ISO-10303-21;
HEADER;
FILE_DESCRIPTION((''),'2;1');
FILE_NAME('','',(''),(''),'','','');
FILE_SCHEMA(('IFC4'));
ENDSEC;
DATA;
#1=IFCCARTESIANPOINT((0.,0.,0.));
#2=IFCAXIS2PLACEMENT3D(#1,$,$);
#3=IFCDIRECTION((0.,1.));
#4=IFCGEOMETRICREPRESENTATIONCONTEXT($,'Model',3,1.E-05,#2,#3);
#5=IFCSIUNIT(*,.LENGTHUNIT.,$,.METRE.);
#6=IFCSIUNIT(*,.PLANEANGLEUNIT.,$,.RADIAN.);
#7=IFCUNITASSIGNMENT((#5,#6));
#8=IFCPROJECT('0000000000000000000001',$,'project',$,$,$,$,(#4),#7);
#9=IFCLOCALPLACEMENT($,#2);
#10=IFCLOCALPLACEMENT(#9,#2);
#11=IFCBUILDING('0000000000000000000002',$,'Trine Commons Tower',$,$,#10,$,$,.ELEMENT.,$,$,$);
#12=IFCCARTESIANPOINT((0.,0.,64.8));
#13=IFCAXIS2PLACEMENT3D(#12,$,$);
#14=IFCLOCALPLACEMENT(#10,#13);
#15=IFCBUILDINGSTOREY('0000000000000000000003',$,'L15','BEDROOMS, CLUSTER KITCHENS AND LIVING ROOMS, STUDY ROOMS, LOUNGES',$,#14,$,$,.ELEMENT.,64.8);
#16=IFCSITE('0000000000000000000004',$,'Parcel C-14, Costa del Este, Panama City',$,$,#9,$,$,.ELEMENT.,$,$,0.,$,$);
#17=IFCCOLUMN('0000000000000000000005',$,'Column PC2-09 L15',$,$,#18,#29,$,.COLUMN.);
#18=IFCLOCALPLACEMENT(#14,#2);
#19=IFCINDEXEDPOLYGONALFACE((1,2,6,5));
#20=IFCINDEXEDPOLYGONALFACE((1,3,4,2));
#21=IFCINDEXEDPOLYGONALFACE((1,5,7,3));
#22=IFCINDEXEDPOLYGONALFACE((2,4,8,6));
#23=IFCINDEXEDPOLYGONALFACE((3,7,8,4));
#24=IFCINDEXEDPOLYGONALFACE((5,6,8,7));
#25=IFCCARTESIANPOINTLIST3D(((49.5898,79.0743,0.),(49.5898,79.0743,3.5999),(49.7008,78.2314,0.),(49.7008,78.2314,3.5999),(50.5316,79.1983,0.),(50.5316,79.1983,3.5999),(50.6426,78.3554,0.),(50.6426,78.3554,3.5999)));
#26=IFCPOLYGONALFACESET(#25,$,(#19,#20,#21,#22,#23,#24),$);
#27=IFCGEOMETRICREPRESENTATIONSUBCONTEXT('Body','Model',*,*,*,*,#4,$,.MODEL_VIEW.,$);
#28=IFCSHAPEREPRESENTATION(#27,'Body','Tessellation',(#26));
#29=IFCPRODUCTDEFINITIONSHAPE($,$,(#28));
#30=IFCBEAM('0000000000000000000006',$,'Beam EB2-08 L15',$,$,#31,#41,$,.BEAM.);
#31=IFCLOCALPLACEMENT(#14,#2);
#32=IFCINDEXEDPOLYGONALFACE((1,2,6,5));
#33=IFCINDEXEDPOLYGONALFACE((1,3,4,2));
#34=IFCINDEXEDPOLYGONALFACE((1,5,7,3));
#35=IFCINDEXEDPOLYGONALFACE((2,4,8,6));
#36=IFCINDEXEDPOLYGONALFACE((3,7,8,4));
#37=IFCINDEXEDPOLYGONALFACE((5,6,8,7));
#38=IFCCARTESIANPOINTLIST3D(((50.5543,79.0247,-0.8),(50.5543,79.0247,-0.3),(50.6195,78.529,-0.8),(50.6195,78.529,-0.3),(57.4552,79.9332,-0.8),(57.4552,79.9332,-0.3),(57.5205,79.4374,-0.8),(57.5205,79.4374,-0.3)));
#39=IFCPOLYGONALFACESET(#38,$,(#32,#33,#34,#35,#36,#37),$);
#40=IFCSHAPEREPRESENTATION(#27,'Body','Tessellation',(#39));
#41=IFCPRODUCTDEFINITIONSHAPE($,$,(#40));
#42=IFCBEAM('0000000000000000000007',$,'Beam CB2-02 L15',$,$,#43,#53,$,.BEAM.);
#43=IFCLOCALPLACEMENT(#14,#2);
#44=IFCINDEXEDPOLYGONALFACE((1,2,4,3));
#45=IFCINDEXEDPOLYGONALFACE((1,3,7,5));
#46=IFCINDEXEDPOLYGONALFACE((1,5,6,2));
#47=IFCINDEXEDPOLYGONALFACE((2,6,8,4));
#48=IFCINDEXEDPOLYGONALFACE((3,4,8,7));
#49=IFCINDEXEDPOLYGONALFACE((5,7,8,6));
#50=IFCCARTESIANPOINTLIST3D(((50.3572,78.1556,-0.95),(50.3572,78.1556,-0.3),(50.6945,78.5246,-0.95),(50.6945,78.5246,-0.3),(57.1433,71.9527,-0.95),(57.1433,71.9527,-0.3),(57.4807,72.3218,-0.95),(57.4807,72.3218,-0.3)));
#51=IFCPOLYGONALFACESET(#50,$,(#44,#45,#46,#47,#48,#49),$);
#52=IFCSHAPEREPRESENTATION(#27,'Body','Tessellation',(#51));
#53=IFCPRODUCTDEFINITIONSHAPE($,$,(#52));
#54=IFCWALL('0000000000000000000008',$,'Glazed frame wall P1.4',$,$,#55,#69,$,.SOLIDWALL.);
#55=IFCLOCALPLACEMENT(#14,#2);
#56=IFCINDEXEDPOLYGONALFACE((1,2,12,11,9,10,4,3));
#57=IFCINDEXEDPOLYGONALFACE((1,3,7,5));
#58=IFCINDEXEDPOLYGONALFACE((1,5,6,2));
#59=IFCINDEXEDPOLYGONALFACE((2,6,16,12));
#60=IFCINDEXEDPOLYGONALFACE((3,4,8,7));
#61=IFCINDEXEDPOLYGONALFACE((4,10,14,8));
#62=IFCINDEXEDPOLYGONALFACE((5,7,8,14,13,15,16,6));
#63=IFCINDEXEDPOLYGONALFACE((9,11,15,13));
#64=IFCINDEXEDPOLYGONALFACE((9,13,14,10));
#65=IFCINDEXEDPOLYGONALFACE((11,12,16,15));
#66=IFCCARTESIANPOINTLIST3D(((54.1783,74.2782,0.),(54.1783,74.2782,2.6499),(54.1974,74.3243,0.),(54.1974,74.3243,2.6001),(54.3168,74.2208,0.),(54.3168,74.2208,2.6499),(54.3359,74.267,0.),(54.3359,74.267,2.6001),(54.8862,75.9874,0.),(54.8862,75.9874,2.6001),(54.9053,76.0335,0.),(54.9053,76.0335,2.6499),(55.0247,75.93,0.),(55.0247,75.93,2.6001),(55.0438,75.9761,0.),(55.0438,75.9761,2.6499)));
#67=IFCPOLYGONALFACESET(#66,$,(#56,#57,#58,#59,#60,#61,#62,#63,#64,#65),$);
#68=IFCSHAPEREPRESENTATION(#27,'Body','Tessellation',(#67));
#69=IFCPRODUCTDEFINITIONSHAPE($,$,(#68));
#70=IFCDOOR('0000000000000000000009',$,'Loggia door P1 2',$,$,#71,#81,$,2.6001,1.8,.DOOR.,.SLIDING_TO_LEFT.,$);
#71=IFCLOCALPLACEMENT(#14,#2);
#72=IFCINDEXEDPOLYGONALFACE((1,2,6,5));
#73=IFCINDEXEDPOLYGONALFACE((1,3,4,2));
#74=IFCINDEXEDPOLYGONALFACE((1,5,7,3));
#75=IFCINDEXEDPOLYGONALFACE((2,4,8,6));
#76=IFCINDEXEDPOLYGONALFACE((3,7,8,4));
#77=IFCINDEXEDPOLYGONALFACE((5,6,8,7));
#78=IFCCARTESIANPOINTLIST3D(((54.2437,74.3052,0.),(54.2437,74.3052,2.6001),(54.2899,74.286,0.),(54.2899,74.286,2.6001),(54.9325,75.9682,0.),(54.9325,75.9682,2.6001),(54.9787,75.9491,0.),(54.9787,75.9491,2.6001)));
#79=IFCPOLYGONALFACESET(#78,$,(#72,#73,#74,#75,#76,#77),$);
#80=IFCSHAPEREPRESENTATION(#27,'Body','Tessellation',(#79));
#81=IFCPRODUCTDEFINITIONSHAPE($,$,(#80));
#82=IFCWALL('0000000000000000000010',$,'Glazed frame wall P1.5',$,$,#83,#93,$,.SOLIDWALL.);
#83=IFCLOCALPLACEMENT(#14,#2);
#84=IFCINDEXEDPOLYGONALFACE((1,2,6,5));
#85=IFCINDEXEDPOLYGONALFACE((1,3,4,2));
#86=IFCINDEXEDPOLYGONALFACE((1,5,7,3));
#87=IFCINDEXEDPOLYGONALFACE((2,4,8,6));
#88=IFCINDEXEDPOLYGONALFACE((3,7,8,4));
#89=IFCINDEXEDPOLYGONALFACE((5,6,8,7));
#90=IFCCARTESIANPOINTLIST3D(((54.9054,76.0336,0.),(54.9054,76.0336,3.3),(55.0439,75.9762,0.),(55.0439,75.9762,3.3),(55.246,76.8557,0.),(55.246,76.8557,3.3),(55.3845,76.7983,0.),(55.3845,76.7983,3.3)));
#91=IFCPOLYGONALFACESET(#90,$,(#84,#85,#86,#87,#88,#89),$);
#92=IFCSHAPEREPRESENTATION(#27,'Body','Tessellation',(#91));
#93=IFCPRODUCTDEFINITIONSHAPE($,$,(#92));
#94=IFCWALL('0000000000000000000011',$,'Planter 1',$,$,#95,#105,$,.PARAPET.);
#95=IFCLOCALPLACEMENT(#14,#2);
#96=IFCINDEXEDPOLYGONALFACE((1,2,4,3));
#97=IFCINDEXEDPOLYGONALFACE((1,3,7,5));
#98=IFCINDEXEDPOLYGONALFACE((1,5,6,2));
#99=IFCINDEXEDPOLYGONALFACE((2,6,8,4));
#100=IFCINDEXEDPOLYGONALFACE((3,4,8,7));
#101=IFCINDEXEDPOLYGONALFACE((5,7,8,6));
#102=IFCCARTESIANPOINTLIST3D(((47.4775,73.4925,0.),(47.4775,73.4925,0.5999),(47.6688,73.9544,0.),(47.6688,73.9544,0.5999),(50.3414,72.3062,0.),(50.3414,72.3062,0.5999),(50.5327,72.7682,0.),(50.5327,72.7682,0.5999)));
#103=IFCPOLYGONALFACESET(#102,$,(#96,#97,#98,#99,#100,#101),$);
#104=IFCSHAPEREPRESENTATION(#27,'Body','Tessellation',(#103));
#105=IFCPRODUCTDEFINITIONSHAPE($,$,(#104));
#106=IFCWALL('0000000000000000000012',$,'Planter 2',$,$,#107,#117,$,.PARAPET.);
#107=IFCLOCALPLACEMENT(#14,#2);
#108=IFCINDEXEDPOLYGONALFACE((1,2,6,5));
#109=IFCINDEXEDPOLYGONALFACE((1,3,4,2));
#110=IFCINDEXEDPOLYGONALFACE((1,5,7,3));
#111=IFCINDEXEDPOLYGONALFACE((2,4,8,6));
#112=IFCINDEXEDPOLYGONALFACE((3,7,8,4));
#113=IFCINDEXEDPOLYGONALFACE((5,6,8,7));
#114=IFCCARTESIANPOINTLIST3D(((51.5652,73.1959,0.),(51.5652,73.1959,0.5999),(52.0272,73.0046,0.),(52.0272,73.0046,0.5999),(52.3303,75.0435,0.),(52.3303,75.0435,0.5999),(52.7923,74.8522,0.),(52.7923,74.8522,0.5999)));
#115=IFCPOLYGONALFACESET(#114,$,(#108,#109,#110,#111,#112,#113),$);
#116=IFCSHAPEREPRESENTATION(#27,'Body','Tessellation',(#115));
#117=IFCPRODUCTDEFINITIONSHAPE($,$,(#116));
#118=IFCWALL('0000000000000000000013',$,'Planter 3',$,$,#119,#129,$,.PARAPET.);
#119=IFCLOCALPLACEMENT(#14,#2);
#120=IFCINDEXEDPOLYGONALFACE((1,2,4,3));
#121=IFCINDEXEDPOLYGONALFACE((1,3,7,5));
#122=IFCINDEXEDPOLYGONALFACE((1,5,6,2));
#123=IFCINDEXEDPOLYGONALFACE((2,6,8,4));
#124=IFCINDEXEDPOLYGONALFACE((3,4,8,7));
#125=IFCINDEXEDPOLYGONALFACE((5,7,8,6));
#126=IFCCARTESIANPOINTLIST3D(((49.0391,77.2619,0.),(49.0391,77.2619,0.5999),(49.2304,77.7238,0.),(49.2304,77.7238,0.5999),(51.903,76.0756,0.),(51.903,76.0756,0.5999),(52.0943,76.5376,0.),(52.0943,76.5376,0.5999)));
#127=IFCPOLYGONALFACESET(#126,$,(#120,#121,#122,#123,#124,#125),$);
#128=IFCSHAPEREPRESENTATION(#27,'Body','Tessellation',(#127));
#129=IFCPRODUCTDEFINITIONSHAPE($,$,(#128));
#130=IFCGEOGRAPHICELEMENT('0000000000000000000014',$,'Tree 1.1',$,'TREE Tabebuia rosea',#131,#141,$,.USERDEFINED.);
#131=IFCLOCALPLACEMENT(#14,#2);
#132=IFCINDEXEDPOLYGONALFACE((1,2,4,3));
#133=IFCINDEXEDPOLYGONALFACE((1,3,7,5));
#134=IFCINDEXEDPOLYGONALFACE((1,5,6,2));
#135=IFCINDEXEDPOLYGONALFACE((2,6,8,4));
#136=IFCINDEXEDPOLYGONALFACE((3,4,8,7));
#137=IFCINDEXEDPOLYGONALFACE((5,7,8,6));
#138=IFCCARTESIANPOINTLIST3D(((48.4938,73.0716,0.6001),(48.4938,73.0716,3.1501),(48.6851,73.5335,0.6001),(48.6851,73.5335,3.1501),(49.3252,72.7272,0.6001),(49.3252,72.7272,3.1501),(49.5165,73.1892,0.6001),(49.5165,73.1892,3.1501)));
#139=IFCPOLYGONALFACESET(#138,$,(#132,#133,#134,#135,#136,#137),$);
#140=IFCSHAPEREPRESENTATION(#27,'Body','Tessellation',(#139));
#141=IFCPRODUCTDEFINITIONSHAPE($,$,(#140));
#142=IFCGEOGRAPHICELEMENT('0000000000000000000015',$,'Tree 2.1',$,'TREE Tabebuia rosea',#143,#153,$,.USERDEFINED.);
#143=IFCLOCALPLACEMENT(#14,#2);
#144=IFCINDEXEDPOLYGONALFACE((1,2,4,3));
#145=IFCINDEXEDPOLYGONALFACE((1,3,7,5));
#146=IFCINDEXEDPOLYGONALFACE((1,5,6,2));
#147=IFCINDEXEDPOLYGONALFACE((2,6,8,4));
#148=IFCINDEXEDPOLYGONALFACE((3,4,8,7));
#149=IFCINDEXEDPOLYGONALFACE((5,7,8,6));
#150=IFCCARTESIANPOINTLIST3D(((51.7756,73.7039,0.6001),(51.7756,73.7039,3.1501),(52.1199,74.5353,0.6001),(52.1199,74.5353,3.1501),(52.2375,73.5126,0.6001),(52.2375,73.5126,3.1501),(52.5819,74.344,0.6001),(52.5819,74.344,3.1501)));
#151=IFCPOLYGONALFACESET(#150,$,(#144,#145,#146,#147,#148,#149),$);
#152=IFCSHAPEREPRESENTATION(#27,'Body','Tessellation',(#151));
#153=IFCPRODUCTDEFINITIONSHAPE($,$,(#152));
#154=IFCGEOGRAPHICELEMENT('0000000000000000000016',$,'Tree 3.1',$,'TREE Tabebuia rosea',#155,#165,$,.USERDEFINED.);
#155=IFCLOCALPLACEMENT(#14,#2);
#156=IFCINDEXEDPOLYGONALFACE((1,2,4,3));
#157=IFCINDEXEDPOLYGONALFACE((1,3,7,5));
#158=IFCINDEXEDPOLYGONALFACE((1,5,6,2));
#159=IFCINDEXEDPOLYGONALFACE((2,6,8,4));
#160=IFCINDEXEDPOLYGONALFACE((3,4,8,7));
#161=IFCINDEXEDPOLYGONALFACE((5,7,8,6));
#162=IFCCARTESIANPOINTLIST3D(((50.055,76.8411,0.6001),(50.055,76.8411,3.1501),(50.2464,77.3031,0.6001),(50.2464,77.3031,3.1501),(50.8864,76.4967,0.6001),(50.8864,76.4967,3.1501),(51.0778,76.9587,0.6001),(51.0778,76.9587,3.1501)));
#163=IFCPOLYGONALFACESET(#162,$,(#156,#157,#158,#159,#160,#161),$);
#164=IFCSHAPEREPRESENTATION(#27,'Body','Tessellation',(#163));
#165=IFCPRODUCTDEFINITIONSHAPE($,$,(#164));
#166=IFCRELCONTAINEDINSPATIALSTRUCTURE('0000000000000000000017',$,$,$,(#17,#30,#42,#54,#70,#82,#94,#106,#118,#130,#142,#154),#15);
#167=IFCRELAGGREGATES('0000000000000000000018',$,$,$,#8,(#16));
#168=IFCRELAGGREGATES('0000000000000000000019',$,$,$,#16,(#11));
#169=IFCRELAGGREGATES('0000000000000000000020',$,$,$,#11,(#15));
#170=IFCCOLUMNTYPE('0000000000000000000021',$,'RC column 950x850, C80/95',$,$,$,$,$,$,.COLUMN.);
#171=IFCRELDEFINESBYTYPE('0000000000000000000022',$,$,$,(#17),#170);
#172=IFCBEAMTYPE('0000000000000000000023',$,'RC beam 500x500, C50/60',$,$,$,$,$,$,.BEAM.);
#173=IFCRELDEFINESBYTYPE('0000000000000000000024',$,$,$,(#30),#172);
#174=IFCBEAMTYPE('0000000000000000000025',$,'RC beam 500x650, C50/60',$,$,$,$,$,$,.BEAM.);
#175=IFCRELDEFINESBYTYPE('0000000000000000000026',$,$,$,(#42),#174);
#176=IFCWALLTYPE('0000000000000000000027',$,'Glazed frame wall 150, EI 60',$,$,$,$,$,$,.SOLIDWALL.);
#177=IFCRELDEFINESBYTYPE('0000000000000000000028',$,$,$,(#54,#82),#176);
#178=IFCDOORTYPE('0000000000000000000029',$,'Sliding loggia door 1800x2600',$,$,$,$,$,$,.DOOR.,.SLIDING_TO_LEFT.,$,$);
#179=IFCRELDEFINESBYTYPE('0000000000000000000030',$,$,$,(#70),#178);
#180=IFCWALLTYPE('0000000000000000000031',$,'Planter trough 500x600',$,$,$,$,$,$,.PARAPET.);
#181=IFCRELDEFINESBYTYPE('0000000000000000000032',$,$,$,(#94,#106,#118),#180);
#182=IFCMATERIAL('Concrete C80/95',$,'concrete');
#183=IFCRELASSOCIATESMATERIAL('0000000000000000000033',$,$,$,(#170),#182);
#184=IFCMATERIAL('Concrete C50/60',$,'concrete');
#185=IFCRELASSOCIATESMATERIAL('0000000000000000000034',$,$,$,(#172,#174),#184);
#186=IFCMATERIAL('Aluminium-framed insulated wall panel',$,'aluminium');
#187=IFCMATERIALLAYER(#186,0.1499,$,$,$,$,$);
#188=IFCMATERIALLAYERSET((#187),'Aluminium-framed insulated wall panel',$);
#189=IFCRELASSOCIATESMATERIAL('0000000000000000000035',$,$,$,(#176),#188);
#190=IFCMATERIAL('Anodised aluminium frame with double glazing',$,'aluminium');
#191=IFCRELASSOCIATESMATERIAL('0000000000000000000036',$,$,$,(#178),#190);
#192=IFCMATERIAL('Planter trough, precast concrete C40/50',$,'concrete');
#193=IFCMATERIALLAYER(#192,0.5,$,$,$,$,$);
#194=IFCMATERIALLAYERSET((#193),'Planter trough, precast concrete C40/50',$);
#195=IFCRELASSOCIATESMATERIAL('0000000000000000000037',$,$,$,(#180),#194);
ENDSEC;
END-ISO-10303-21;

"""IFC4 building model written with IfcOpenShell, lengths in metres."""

from ifc_helpers import new_model, si_unit, direction, frame, frame_2d, origin, origin_2d, place, context, subcontext, project, spatial, polyline, rectangle, outline, extrude, material, layer, layer_set, material_profile, profile_set, type_object, element, fill, save


model = new_model("IFC4")

# Units and contexts
model_context = context("Model", 3, precision=1e-05, world=origin(), true_north=direction((0.0, 1.0)))
body_context = subcontext(model_context, "Body", "Model", "MODEL_VIEW")
ifc_project = project(units=[si_unit("LENGTHUNIT", "METRE"), si_unit("PLANEANGLEUNIT", "RADIAN")], contexts=[model_context])

# Site, building, storey
site_placement = place(None, origin())
site = spatial("IfcSite", under=ifc_project, at=site_placement, Name="Parcel C-14, Costa del Este, Panama City", CompositionType="ELEMENT", RefElevation=0.0)
building_placement = place(site_placement, origin())
building = spatial("IfcBuilding", under=site, at=building_placement, Name="Trine Commons Tower", CompositionType="ELEMENT")
storey_placement = place(building_placement, frame((0.0, 0.0, 64.8)))
storey = spatial("IfcBuildingStorey", under=building, at=storey_placement, Name="L15", Description="BEDROOMS, CLUSTER KITCHENS AND LIVING ROOMS, STUDY ROOMS, LOUNGES", CompositionType="ELEMENT", Elevation=64.8)

# Column
ifc_material_1 = material(Name="Concrete C80/95", Category="concrete")
ifc_material_profile_1 = material_profile(ifc_material_1, rectangle(XDim=0.95, YDim=0.8501, at=origin_2d()), Name="RC 950x850")
ifc_profile_set_1 = profile_set([ifc_material_profile_1], Name="Concrete C80/95")
column_type = type_object("IfcColumnType", Name="RC column 950x850, C80/95", PredefinedType="COLUMN", material=ifc_profile_set_1)
column_placement = place(storey_placement, frame((50.1162, 78.7148, 0.0), z_axis=(0.0, 0.0, 1.0), x_axis=(0.991445, 0.130526, 0.0)))
element("IfcColumn", 1, at=column_placement, inside=storey, type_object=column_type, Name="Column PC2-09 L15", PredefinedType="COLUMN", context=body_context, shape_type="SweptSolid", body=[
    extrude(rectangle(XDim=0.95, YDim=0.8501, at=origin_2d()), origin(), (0.0, 0.0, 1.0), 3.5999),
])

# Beams
ifc_material_2 = material(Name="Concrete C50/60", Category="concrete")
ifc_material_profile_2 = material_profile(ifc_material_2, rectangle(XDim=0.5, YDim=0.5, at=origin_2d()), Name="RC 500x500")
ifc_profile_set_2 = profile_set([ifc_material_profile_2], Name="Concrete C50/60")
beam_type_1 = type_object("IfcBeamType", Name="RC beam 500x500, C50/60", PredefinedType="BEAM", material=ifc_profile_set_2)
beam_1_placement = place(storey_placement, frame((50.5869, 78.7769, -0.55), z_axis=(0.991446, 0.130516, 0.0), x_axis=(-0.130516, 0.991446, 0.0)))
element("IfcBeam", 2, at=beam_1_placement, inside=storey, type_object=beam_type_1, Name="Beam EB2-08 L15", PredefinedType="BEAM", context=body_context, shape_type="SweptSolid", body=[
    extrude(rectangle(XDim=0.5, YDim=0.5, at=origin_2d()), origin(), (0.0, 0.0, 1.0), 6.9604),
])
ifc_material_profile_3 = material_profile(ifc_material_2, rectangle(XDim=0.5, YDim=0.6499, at=origin_2d()), Name="RC 500x650")
ifc_profile_set_3 = profile_set([ifc_material_profile_3], Name="Concrete C50/60")
beam_type_2 = type_object("IfcBeamType", Name="RC beam 500x650, C50/60", PredefinedType="BEAM", material=ifc_profile_set_3)
beam_2_placement = place(storey_placement, frame((50.5259, 78.3401, -0.625), z_axis=(0.738115, -0.674675, 0.0), x_axis=(0.674675, 0.738115, 0.0)))
element("IfcBeam", 3, at=beam_2_placement, inside=storey, type_object=beam_type_2, Name="Beam CB2-02 L15", PredefinedType="BEAM", context=body_context, shape_type="SweptSolid", body=[
    extrude(rectangle(XDim=0.5, YDim=0.6499, at=origin_2d()), origin(), (0.0, 0.0, 1.0), 9.1938),
])

# Wall, opening, door
ifc_material_3 = material(Name="Aluminium-framed insulated wall panel", Category="aluminium")
ifc_layer_1 = layer(ifc_material_3, 0.1499)
ifc_layer_set_1 = layer_set([ifc_layer_1], Name="Aluminium-framed insulated wall panel")
wall_type_1 = type_object("IfcWallType", Name="Glazed frame wall 150, EI 60", PredefinedType="SOLIDWALL", material=ifc_layer_set_1)
wall_1_placement = place(storey_placement, frame((54.2476, 74.2495, 0.0), z_axis=(0.0, 0.0, 1.0), x_axis=(0.382662, 0.923888, 0.0)))
wall_1 = element("IfcWall", 4, at=wall_1_placement, inside=storey, type_object=wall_type_1, Name="Glazed frame wall P1.4", PredefinedType="SOLIDWALL", context=body_context, shape_type="SweptSolid", body=[
    extrude(outline(polyline([(0.0, -0.075), (1.8999, -0.075), (1.8999, 0.075), (0.0, 0.075), (0.0, -0.075)])), origin(), (0.0, 0.0, 1.0), 2.6499),
])
opening_1_placement = place(wall_1_placement, frame((0.05, 0.0, 0.0)))
opening_1 = element("IfcOpeningElement", 5, at=opening_1_placement, cuts=wall_1, PredefinedType="OPENING", context=body_context, shape_type="SweptSolid", body=[
    extrude(rectangle(XDim=1.8, YDim=2.6001, at=frame_2d((0.8999, 1.3))), frame((0.0, 0.085, 0.0), z_axis=(0.0, -1.0, 0.0), x_axis=(1.0, 0.0, 0.0)), (0.0, 0.0, 1.0), 0.1699),
])
ifc_material_4 = material(Name="Anodised aluminium frame with double glazing", Category="aluminium")
door_type = type_object("IfcDoorType", Name="Sliding loggia door 1800x2600", OperationType="SLIDING_TO_LEFT", PredefinedType="DOOR", material=ifc_material_4)
door_1_placement = place(opening_1_placement, origin())
door_1 = element("IfcDoor", 6, at=door_1_placement, inside=storey, type_object=door_type, Name="Loggia door P1 2", OperationType="SLIDING_TO_LEFT", OverallHeight=2.6001, OverallWidth=1.8, PredefinedType="DOOR", context=body_context, shape_type="SweptSolid", body=[
    extrude(rectangle(XDim=1.8, YDim=2.6001, at=frame_2d((0.8999, 1.3))), frame((0.0, 0.0249, 0.0), z_axis=(0.0, -1.0, 0.0), x_axis=(1.0, 0.0, 0.0)), (0.0, 0.0, 1.0), 0.05),
])
fill(opening_1, door_1)

# Wall
wall_2_placement = place(storey_placement, frame((54.9746, 76.0049, 0.0), z_axis=(0.0, 0.0, 1.0), x_axis=(0.382812, 0.923826, 0.0)))
element("IfcWall", 7, at=wall_2_placement, inside=storey, type_object=wall_type_1, Name="Glazed frame wall P1.5", PredefinedType="SOLIDWALL", context=body_context, shape_type="SweptSolid", body=[
    extrude(outline(polyline([(0.8899, 0.075), (0.0, 0.075), (0.0, -0.075), (0.8899, -0.075), (0.8899, 0.075)])), origin(), (0.0, 0.0, 1.0), 3.3),
])

# Walls
ifc_material_5 = material(Name="Planter trough, precast concrete C40/50", Category="concrete")
ifc_layer_2 = layer(ifc_material_5, 0.5)
ifc_layer_set_2 = layer_set([ifc_layer_2], Name="Planter trough, precast concrete C40/50")
wall_type_2 = type_object("IfcWallType", Name="Planter trough 500x600", PredefinedType="PARAPET", material=ifc_layer_set_2)
wall_3_placement = place(storey_placement, frame((47.5732, 73.7234, 0.0), z_axis=(0.0, 0.0, 1.0), x_axis=(0.923883, -0.382674, 0.0)))
element("IfcWall", 8, at=wall_3_placement, inside=storey, type_object=wall_type_2, Name="Planter 1", PredefinedType="PARAPET", context=body_context, shape_type="SweptSolid", body=[
    extrude(rectangle(XDim=3.0999, YDim=0.5, at=frame_2d((1.5498, 0.0))), origin(), (0.0, 0.0, 1.0), 0.5999),
])
wall_4_placement = place(storey_placement, frame((51.7961, 73.1001, 0.0), z_axis=(0.0, 0.0, 1.0), x_axis=(0.382603, 0.923913, 0.0)))
element("IfcWall", 9, at=wall_4_placement, inside=storey, type_object=wall_type_2, Name="Planter 2", PredefinedType="PARAPET", context=body_context, shape_type="SweptSolid", body=[
    extrude(rectangle(XDim=1.9998, YDim=0.5, at=frame_2d((1.0, 0.0))), origin(), (0.0, 0.0, 1.0), 0.5999),
])
wall_5_placement = place(storey_placement, frame((51.9985, 76.3066, 0.0), z_axis=(0.0, 0.0, 1.0), x_axis=(-0.923883, 0.382674, 0.0)))
element("IfcWall", 10, at=wall_5_placement, inside=storey, type_object=wall_type_2, Name="Planter 3", PredefinedType="PARAPET", context=body_context, shape_type="SweptSolid", body=[
    extrude(rectangle(XDim=3.0999, YDim=0.5, at=frame_2d((1.5498, 0.0))), origin(), (0.0, 0.0, 1.0), 0.5999),
])

# Geographic elements
for number, where, z_axis, x_axis, name in (
    (11, (49.0051, 73.1304, 0.6001), (0.0, 0.0, 1.0), (0.923886, -0.382669, 0.0), "Tree 1.1"),
    (12, (52.1787, 74.0239, 0.6001), (0.0, 0.0, 1.0), (0.382688, 0.923878, 0.0), "Tree 2.1"),
    (13, (50.5664, 76.8999, 0.6001), (0.0, 0.0, 1.0), (-0.923886, 0.382669, 0.0), "Tree 3.1"),
):
    element("IfcGeographicElement", number, at=place(storey_placement, frame(where, z_axis=z_axis, x_axis=x_axis)), inside=storey, Name=name, ObjectType="TREE Tabebuia rosea", PredefinedType="USERDEFINED", context=body_context, shape_type="SweptSolid", body=[
        extrude(rectangle(XDim=0.8999, YDim=0.5, at=origin_2d()), origin(), (0.0, 0.0, 1.0), 2.55),
    ])

save(model, "model.ifc")
